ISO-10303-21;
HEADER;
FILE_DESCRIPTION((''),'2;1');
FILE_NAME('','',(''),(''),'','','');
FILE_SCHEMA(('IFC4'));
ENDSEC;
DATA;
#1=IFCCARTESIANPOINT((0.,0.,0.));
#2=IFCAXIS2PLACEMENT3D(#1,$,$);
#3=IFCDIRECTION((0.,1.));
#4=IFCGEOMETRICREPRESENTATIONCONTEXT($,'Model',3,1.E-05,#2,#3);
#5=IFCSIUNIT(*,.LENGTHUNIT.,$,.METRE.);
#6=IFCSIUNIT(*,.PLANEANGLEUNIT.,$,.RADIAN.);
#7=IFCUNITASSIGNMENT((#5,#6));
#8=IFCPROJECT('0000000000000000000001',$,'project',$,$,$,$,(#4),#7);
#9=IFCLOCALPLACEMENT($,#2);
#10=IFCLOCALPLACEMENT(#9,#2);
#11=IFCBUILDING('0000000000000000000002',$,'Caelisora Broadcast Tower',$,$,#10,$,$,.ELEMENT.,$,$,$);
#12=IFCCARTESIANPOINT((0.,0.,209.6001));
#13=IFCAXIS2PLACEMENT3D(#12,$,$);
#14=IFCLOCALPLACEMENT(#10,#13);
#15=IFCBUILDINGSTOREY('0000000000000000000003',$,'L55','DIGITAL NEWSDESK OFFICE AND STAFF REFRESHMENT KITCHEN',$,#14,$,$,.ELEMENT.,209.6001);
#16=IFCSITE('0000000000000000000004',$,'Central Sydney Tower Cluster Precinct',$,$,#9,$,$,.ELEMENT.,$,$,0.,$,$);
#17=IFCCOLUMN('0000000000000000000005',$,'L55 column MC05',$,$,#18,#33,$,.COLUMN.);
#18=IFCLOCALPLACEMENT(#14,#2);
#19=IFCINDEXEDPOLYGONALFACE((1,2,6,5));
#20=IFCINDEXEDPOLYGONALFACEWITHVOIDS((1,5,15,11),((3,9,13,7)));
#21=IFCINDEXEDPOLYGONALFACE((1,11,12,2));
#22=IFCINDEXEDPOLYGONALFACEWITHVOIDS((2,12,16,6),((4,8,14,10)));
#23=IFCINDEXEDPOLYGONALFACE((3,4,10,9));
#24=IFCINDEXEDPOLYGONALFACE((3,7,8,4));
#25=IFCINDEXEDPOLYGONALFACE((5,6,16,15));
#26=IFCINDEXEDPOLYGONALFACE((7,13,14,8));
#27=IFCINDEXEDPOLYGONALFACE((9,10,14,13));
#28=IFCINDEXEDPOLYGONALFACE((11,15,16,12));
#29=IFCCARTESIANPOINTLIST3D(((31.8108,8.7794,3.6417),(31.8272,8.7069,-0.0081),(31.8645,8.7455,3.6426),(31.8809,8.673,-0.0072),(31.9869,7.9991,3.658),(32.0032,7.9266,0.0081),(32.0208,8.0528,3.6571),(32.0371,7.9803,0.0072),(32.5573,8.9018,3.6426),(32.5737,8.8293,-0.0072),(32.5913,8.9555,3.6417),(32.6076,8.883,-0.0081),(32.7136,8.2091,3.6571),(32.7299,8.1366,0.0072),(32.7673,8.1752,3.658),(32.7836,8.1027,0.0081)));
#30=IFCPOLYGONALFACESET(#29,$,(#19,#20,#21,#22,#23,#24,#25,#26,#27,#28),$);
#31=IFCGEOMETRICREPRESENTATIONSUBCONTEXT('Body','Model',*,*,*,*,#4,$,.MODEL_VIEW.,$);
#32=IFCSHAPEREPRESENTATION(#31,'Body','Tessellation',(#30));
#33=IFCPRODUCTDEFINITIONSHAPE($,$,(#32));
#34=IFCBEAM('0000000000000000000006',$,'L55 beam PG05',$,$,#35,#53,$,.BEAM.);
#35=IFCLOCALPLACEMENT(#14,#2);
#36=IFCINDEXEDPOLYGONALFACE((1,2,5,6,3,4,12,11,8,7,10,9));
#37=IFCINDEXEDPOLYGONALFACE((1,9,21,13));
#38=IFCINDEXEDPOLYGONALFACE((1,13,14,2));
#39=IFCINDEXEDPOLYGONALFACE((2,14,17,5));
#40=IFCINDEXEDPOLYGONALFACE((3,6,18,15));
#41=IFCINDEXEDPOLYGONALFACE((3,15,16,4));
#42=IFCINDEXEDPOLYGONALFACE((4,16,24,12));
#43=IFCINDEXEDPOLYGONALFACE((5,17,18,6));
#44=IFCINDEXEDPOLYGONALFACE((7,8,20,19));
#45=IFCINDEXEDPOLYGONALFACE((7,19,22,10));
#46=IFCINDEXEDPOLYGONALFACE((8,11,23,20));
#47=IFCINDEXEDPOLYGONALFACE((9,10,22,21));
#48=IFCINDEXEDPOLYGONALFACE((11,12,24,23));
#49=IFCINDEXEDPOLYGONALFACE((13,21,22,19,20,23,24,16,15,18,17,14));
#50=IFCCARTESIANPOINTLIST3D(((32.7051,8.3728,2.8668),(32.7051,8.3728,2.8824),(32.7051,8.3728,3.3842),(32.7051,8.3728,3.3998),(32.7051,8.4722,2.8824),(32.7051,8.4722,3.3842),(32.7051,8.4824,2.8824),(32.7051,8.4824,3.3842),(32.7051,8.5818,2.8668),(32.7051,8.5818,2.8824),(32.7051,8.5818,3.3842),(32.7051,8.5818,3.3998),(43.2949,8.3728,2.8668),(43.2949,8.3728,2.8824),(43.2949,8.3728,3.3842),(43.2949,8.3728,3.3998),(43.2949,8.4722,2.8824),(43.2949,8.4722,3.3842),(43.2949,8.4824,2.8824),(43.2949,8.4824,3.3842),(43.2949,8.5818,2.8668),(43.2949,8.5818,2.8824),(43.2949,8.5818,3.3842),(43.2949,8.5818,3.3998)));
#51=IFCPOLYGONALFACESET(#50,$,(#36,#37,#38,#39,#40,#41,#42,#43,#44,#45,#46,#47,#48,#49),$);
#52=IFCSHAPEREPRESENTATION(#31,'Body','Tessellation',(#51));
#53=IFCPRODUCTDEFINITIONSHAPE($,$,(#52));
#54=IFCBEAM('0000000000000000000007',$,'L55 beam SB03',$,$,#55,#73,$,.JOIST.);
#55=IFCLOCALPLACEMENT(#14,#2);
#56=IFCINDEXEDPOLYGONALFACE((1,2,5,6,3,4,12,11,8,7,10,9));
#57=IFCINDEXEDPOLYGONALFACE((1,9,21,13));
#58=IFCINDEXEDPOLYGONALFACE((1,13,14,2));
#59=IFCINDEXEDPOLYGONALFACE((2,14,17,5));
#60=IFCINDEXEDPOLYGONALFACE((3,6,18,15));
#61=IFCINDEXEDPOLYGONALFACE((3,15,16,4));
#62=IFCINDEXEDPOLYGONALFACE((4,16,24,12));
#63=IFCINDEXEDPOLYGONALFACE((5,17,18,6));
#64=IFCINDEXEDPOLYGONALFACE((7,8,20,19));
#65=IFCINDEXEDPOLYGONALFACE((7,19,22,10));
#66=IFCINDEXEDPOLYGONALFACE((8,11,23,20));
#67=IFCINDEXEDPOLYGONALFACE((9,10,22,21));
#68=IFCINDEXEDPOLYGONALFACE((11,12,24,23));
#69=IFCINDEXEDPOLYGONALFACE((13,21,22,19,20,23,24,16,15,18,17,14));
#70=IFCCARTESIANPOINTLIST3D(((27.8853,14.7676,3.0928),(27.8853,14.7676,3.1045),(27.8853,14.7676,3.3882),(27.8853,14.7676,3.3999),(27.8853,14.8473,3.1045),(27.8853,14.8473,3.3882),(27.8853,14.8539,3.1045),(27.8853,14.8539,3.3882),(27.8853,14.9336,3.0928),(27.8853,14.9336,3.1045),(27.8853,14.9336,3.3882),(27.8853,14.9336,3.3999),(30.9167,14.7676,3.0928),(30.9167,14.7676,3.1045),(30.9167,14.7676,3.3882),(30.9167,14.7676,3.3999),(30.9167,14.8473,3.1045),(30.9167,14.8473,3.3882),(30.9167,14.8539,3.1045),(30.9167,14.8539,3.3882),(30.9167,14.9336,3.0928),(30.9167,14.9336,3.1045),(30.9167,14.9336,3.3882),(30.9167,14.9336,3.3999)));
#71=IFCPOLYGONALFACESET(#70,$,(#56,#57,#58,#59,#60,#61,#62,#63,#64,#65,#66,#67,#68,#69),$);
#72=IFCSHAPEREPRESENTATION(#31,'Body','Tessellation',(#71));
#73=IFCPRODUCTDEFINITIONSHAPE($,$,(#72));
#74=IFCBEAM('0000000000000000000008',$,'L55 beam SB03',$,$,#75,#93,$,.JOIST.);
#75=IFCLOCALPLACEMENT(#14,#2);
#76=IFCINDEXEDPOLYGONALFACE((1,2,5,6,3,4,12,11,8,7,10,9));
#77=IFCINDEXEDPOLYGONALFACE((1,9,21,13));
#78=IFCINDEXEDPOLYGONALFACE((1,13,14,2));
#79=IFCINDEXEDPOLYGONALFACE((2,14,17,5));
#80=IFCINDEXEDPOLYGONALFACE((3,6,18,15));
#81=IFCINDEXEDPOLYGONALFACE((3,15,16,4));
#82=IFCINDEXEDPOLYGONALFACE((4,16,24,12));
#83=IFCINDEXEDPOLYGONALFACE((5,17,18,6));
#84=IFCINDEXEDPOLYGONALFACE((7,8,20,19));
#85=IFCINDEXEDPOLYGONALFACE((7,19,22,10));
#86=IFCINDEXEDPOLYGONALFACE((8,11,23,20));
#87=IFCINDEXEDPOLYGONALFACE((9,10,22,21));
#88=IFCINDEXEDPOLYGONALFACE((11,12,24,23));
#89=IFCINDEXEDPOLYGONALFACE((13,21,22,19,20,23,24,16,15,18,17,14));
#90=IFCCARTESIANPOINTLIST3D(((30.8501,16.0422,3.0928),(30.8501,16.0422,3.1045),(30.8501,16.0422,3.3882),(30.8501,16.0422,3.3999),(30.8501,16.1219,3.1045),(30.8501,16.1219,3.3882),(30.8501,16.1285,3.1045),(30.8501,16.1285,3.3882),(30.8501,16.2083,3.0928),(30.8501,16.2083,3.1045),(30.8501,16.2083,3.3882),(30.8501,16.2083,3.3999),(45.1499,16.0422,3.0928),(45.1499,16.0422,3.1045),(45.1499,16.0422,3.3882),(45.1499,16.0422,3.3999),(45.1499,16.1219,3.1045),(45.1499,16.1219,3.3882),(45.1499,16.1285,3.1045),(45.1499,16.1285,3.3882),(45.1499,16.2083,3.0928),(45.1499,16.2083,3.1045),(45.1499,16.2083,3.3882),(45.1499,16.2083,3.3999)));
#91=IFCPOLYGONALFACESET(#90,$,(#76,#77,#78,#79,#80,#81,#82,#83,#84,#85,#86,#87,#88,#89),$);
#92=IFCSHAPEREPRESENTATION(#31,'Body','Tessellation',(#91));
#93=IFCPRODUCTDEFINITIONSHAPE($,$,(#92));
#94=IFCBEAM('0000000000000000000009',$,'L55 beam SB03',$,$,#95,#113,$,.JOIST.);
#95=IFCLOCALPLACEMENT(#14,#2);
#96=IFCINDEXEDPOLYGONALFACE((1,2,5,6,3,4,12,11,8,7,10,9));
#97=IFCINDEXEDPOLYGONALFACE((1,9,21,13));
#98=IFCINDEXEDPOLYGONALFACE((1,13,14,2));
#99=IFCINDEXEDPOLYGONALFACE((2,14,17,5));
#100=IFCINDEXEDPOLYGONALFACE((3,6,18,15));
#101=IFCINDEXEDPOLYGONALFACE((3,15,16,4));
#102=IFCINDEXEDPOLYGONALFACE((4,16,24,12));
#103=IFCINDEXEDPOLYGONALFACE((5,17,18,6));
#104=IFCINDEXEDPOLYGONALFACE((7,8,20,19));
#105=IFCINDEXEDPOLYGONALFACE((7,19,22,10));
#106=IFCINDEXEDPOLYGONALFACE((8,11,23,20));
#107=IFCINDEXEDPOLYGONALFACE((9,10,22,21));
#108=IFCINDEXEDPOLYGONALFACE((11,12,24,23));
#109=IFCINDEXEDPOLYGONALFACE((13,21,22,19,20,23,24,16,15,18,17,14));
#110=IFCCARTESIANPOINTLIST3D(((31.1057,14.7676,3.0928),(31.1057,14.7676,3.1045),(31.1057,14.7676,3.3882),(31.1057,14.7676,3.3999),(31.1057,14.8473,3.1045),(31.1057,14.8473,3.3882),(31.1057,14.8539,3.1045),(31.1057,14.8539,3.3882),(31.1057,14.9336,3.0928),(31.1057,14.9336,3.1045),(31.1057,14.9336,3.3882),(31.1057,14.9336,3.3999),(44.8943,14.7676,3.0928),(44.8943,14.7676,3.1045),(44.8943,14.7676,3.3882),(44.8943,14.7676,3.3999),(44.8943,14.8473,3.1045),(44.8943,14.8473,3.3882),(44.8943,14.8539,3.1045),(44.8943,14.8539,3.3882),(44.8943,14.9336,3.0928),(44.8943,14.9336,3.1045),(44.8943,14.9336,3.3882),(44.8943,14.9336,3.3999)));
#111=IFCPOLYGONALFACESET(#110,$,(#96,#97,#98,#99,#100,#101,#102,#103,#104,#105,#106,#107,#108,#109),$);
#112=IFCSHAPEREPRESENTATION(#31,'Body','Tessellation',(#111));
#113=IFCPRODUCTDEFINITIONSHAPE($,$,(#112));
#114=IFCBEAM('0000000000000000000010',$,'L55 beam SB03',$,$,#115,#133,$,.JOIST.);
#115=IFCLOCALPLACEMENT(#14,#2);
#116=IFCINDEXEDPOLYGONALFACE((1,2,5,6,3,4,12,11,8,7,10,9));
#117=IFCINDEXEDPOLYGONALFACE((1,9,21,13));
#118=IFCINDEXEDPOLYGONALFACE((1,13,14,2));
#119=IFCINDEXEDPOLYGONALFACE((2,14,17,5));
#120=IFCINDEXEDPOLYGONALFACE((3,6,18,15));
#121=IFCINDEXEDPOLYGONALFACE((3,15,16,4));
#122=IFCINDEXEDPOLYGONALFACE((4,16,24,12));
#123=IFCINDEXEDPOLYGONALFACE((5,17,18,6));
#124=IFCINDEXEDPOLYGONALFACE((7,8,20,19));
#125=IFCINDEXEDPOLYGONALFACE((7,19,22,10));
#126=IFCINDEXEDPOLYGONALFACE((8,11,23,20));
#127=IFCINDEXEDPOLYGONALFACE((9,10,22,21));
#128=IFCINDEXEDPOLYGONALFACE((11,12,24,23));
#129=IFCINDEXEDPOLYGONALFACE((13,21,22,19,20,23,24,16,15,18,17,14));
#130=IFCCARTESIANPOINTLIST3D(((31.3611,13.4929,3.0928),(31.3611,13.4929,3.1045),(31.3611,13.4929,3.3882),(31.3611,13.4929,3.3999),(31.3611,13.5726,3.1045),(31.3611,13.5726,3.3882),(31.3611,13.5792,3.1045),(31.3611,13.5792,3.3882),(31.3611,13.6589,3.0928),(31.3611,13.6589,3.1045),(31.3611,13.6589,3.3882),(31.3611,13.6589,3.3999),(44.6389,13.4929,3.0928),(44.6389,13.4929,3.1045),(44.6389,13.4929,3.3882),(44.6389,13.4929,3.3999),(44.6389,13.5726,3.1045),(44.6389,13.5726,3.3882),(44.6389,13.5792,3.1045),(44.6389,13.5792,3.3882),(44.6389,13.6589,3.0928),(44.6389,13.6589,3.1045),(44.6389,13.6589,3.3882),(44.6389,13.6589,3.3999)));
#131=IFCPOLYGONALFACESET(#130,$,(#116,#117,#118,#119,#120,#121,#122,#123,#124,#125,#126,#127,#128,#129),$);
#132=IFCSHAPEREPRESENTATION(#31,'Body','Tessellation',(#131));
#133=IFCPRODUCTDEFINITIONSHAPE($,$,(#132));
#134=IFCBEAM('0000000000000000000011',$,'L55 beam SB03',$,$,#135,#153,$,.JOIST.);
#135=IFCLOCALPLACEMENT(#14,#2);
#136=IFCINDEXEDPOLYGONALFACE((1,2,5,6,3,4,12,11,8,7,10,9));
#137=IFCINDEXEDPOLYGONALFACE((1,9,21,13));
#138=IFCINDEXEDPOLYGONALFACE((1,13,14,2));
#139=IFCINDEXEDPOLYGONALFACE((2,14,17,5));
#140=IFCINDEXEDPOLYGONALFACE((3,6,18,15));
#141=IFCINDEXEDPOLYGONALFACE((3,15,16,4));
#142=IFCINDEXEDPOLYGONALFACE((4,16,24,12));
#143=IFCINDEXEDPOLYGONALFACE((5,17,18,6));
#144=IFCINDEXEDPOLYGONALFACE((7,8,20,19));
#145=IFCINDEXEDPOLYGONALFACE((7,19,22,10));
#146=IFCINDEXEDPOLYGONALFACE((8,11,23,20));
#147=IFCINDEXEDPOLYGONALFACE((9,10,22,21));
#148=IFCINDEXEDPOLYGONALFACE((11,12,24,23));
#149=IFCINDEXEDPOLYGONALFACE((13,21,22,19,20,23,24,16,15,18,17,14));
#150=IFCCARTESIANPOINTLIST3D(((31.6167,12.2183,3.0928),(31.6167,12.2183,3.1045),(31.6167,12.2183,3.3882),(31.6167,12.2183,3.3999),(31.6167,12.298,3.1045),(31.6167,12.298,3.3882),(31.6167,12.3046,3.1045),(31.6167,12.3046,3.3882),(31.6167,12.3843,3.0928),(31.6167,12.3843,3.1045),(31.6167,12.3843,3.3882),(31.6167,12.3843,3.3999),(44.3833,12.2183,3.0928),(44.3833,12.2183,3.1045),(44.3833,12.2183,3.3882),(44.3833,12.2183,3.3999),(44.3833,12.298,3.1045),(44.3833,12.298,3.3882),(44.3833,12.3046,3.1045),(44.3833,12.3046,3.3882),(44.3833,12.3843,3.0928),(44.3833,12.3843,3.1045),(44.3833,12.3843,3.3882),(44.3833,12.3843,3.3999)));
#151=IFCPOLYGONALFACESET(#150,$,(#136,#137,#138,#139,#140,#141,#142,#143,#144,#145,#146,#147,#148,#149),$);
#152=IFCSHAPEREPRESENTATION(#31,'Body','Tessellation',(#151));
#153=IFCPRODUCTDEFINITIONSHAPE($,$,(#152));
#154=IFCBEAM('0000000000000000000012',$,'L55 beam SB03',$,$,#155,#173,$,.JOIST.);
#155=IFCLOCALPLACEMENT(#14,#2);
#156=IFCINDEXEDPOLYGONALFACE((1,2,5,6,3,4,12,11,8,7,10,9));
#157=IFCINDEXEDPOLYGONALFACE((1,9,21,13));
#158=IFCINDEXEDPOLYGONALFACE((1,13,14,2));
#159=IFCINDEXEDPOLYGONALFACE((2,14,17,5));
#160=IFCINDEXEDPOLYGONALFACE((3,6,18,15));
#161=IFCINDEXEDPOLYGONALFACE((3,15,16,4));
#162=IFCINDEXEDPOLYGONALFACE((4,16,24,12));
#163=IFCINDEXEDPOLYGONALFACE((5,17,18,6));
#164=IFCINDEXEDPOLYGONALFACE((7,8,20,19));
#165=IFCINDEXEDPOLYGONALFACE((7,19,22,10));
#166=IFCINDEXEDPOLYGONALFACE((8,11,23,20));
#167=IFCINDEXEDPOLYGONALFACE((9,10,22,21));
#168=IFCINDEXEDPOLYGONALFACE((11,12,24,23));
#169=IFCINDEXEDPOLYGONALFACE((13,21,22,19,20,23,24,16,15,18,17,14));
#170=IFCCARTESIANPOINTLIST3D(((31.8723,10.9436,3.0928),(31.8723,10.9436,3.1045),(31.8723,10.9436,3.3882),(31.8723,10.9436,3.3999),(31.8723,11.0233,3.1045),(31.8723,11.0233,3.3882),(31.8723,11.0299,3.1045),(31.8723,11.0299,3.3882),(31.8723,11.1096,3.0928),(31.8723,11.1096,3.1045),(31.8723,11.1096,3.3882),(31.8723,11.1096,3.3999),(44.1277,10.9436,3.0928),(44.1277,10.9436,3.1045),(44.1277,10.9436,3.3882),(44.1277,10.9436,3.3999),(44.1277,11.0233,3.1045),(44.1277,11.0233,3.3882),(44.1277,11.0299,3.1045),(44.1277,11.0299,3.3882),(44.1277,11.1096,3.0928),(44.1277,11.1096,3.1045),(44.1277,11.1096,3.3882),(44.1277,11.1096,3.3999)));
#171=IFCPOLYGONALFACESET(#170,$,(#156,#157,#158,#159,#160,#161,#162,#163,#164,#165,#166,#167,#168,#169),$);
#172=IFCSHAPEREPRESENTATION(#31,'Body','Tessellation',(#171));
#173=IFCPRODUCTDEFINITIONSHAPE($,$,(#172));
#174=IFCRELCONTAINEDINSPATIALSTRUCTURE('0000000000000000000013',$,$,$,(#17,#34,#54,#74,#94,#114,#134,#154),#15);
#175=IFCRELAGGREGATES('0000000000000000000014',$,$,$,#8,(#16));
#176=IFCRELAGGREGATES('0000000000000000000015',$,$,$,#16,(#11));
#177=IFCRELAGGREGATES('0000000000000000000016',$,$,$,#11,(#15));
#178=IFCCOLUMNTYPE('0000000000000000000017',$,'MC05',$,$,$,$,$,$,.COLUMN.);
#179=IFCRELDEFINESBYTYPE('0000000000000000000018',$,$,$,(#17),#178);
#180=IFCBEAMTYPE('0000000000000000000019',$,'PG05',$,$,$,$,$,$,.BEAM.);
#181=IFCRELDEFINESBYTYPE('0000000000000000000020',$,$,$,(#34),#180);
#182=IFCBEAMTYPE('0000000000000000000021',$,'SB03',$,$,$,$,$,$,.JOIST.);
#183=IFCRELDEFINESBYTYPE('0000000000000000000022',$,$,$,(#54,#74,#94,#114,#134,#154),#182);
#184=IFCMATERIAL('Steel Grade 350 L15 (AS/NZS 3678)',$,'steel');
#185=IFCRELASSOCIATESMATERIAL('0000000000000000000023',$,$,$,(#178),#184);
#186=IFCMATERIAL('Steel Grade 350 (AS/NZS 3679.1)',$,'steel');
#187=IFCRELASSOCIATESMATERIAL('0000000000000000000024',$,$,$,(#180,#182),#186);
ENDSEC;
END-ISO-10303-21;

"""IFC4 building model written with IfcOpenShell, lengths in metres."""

from ifc_helpers import new_model, si_unit, direction, frame, origin, origin_2d, place, context, subcontext, project, spatial, hollow_rectangle, i_section, extrude, source, transform, mapped, material, material_profile, profile_set, type_object, type_shapes, element, save


model = new_model("IFC4")

# Units and contexts
model_context = context("Model", 3, precision=1e-05, world=origin(), true_north=direction((0.0, 1.0)))
body_context = subcontext(model_context, "Body", "Model", "MODEL_VIEW")
ifc_project = project(units=[si_unit("LENGTHUNIT", "METRE"), si_unit("PLANEANGLEUNIT", "RADIAN")], contexts=[model_context])

# Site, building, storey
site_placement = place(None, origin())
site = spatial("IfcSite", under=ifc_project, at=site_placement, Name="Central Sydney Tower Cluster Precinct", CompositionType="ELEMENT", RefElevation=0.0)
building_placement = place(site_placement, origin())
building = spatial("IfcBuilding", under=site, at=building_placement, Name="Caelisora Broadcast Tower", CompositionType="ELEMENT")
storey_placement = place(building_placement, frame((0.0, 0.0, 209.6001)))
storey = spatial("IfcBuildingStorey", under=building, at=storey_placement, Name="L55", Description="DIGITAL NEWSDESK OFFICE AND STAFF REFRESHMENT KITCHEN", CompositionType="ELEMENT", Elevation=209.6001)

# Column
ifc_material_1 = material(Name="Steel Grade 350 L15 (AS/NZS 3678)", Category="steel")
ifc_material_profile_1 = material_profile(ifc_material_1, hollow_rectangle(XDim=0.8, YDim=0.8, WallThickness=0.0449, at=origin_2d()), Name="Steel Grade 350 L15 (AS/NZS 3678)")
ifc_profile_set_1 = profile_set([ifc_material_profile_1], Name="Steel Grade 350 L15 (AS/NZS 3678)")
column_type = type_object("IfcColumnType", Name="MC05", PredefinedType="COLUMN", material=ifc_profile_set_1)
shared_shape_1 = source(origin(), body_context, "Body", "SweptSolid", [
    extrude(hollow_rectangle(XDim=0.8, YDim=0.8, WallThickness=0.0449, at=origin_2d()), origin(), (0.0, 0.0, 1.0), 3.6506),
])
type_shapes(column_type, [shared_shape_1])
column_placement = place(storey_placement, frame((32.3054, 8.4048, 0.0), z_axis=(-0.004481, 0.019862, 0.999793), x_axis=(-0.975487, -0.220059, 0.0)))
element("IfcColumn", 1, at=column_placement, inside=storey, type_object=column_type, Name="L55 column MC05", PredefinedType="COLUMN", context=body_context, shape_type="MappedRepresentation", body=[
    mapped(shared_shape_1, transform((0.0, 0.0, 0.0), scale=1.0)),
])

# Beams
ifc_material_2 = material(Name="Steel Grade 350 (AS/NZS 3679.1)", Category="steel")
ifc_material_profile_2 = material_profile(ifc_material_2, i_section(OverallWidth=0.209, OverallDepth=0.533, WebThickness=0.0103, FlangeThickness=0.0156, at=origin_2d()), Name="Steel Grade 350 (AS/NZS 3679.1)")
ifc_profile_set_2 = profile_set([ifc_material_profile_2], Name="Steel Grade 350 (AS/NZS 3679.1)")
beam_type_1 = type_object("IfcBeamType", Name="PG05", PredefinedType="BEAM", material=ifc_profile_set_2)
shared_shape_2 = source(origin(), body_context, "Body", "SweptSolid", [
    extrude(i_section(OverallWidth=0.209, OverallDepth=0.533, WebThickness=0.0103, FlangeThickness=0.0156, at=origin_2d()), origin(), (0.0, 0.0, 1.0), 10.5898),
])
type_shapes(beam_type_1, [shared_shape_2])
beam_1_placement = place(storey_placement, frame((32.7051, 8.4773, 3.1333), z_axis=(1.0, 0.0, 0.0), x_axis=(0.0, 1.0, 0.0)))
element("IfcBeam", 2, at=beam_1_placement, inside=storey, type_object=beam_type_1, Name="L55 beam PG05", PredefinedType="BEAM", context=body_context, shape_type="MappedRepresentation", body=[
    mapped(shared_shape_2, transform((0.0, 0.0, 0.0), scale=1.0)),
])
ifc_material_profile_3 = material_profile(ifc_material_2, i_section(OverallWidth=0.166, OverallDepth=0.3071, WebThickness=0.0066, FlangeThickness=0.0117, at=origin_2d()), Name="Steel Grade 350 (AS/NZS 3679.1)")
ifc_profile_set_3 = profile_set([ifc_material_profile_3], Name="Steel Grade 350 (AS/NZS 3679.1)")
beam_type_2 = type_object("IfcBeamType", Name="SB03", PredefinedType="JOIST", material=ifc_profile_set_3)
shared_shape_3 = source(origin(), body_context, "Body", "SweptSolid", [
    extrude(i_section(OverallWidth=0.166, OverallDepth=0.3071, WebThickness=0.0066, FlangeThickness=0.0117, at=origin_2d()), origin(), (0.0, 0.0, 1.0), 3.0315),
])
beam_2_placement = place(storey_placement, frame((27.8853, 14.8506, 3.2463), z_axis=(1.0, 0.0, 0.0), x_axis=(0.0, 1.0, 0.0)))
element("IfcBeam", 3, at=beam_2_placement, inside=storey, type_object=beam_type_2, Name="L55 beam SB03", PredefinedType="JOIST", context=body_context, shape_type="MappedRepresentation", body=[
    mapped(shared_shape_3, transform((0.0, 0.0, 0.0), scale=1.0)),
])
shared_shape_4 = source(origin(), body_context, "Body", "SweptSolid", [
    extrude(i_section(OverallWidth=0.166, OverallDepth=0.3071, WebThickness=0.0066, FlangeThickness=0.0117, at=origin_2d()), origin(), (0.0, 0.0, 1.0), 14.2998),
])
beam_3_placement = place(storey_placement, frame((30.8501, 16.1252, 3.2463), z_axis=(1.0, 0.0, 0.0), x_axis=(0.0, 1.0, 0.0)))
element("IfcBeam", 4, at=beam_3_placement, inside=storey, type_object=beam_type_2, Name="L55 beam SB03", PredefinedType="JOIST", context=body_context, shape_type="MappedRepresentation", body=[
    mapped(shared_shape_4, transform((0.0, 0.0, 0.0), scale=1.0)),
])
shared_shape_5 = source(origin(), body_context, "Body", "SweptSolid", [
    extrude(i_section(OverallWidth=0.166, OverallDepth=0.3071, WebThickness=0.0066, FlangeThickness=0.0117, at=origin_2d()), origin(), (0.0, 0.0, 1.0), 13.7886),
])
beam_4_placement = place(storey_placement, frame((31.1057, 14.8506, 3.2463), z_axis=(1.0, 0.0, 0.0), x_axis=(0.0, 1.0, 0.0)))
element("IfcBeam", 5, at=beam_4_placement, inside=storey, type_object=beam_type_2, Name="L55 beam SB03", PredefinedType="JOIST", context=body_context, shape_type="MappedRepresentation", body=[
    mapped(shared_shape_5, transform((0.0, 0.0, 0.0), scale=1.0)),
])
shared_shape_6 = source(origin(), body_context, "Body", "SweptSolid", [
    extrude(i_section(OverallWidth=0.166, OverallDepth=0.3071, WebThickness=0.0066, FlangeThickness=0.0117, at=origin_2d()), origin(), (0.0, 0.0, 1.0), 13.2778),
])
beam_5_placement = place(storey_placement, frame((31.3611, 13.5759, 3.2463), z_axis=(1.0, 0.0, 0.0), x_axis=(0.0, 1.0, 0.0)))
element("IfcBeam", 6, at=beam_5_placement, inside=storey, type_object=beam_type_2, Name="L55 beam SB03", PredefinedType="JOIST", context=body_context, shape_type="MappedRepresentation", body=[
    mapped(shared_shape_6, transform((0.0, 0.0, 0.0), scale=1.0)),
])
shared_shape_7 = source(origin(), body_context, "Body", "SweptSolid", [
    extrude(i_section(OverallWidth=0.166, OverallDepth=0.3071, WebThickness=0.0066, FlangeThickness=0.0117, at=origin_2d()), origin(), (0.0, 0.0, 1.0), 12.7666),
])
beam_6_placement = place(storey_placement, frame((31.6167, 12.3013, 3.2463), z_axis=(1.0, 0.0, 0.0), x_axis=(0.0, 1.0, 0.0)))
element("IfcBeam", 7, at=beam_6_placement, inside=storey, type_object=beam_type_2, Name="L55 beam SB03", PredefinedType="JOIST", context=body_context, shape_type="MappedRepresentation", body=[
    mapped(shared_shape_7, transform((0.0, 0.0, 0.0), scale=1.0)),
])
shared_shape_8 = source(origin(), body_context, "Body", "SweptSolid", [
    extrude(i_section(OverallWidth=0.166, OverallDepth=0.3071, WebThickness=0.0066, FlangeThickness=0.0117, at=origin_2d()), origin(), (0.0, 0.0, 1.0), 12.2554),
])
beam_7_placement = place(storey_placement, frame((31.8723, 11.0266, 3.2463), z_axis=(1.0, 0.0, 0.0), x_axis=(0.0, 1.0, 0.0)))
element("IfcBeam", 8, at=beam_7_placement, inside=storey, type_object=beam_type_2, Name="L55 beam SB03", PredefinedType="JOIST", context=body_context, shape_type="MappedRepresentation", body=[
    mapped(shared_shape_8, transform((0.0, 0.0, 0.0), scale=1.0)),
])

save(model, "model.ifc")
